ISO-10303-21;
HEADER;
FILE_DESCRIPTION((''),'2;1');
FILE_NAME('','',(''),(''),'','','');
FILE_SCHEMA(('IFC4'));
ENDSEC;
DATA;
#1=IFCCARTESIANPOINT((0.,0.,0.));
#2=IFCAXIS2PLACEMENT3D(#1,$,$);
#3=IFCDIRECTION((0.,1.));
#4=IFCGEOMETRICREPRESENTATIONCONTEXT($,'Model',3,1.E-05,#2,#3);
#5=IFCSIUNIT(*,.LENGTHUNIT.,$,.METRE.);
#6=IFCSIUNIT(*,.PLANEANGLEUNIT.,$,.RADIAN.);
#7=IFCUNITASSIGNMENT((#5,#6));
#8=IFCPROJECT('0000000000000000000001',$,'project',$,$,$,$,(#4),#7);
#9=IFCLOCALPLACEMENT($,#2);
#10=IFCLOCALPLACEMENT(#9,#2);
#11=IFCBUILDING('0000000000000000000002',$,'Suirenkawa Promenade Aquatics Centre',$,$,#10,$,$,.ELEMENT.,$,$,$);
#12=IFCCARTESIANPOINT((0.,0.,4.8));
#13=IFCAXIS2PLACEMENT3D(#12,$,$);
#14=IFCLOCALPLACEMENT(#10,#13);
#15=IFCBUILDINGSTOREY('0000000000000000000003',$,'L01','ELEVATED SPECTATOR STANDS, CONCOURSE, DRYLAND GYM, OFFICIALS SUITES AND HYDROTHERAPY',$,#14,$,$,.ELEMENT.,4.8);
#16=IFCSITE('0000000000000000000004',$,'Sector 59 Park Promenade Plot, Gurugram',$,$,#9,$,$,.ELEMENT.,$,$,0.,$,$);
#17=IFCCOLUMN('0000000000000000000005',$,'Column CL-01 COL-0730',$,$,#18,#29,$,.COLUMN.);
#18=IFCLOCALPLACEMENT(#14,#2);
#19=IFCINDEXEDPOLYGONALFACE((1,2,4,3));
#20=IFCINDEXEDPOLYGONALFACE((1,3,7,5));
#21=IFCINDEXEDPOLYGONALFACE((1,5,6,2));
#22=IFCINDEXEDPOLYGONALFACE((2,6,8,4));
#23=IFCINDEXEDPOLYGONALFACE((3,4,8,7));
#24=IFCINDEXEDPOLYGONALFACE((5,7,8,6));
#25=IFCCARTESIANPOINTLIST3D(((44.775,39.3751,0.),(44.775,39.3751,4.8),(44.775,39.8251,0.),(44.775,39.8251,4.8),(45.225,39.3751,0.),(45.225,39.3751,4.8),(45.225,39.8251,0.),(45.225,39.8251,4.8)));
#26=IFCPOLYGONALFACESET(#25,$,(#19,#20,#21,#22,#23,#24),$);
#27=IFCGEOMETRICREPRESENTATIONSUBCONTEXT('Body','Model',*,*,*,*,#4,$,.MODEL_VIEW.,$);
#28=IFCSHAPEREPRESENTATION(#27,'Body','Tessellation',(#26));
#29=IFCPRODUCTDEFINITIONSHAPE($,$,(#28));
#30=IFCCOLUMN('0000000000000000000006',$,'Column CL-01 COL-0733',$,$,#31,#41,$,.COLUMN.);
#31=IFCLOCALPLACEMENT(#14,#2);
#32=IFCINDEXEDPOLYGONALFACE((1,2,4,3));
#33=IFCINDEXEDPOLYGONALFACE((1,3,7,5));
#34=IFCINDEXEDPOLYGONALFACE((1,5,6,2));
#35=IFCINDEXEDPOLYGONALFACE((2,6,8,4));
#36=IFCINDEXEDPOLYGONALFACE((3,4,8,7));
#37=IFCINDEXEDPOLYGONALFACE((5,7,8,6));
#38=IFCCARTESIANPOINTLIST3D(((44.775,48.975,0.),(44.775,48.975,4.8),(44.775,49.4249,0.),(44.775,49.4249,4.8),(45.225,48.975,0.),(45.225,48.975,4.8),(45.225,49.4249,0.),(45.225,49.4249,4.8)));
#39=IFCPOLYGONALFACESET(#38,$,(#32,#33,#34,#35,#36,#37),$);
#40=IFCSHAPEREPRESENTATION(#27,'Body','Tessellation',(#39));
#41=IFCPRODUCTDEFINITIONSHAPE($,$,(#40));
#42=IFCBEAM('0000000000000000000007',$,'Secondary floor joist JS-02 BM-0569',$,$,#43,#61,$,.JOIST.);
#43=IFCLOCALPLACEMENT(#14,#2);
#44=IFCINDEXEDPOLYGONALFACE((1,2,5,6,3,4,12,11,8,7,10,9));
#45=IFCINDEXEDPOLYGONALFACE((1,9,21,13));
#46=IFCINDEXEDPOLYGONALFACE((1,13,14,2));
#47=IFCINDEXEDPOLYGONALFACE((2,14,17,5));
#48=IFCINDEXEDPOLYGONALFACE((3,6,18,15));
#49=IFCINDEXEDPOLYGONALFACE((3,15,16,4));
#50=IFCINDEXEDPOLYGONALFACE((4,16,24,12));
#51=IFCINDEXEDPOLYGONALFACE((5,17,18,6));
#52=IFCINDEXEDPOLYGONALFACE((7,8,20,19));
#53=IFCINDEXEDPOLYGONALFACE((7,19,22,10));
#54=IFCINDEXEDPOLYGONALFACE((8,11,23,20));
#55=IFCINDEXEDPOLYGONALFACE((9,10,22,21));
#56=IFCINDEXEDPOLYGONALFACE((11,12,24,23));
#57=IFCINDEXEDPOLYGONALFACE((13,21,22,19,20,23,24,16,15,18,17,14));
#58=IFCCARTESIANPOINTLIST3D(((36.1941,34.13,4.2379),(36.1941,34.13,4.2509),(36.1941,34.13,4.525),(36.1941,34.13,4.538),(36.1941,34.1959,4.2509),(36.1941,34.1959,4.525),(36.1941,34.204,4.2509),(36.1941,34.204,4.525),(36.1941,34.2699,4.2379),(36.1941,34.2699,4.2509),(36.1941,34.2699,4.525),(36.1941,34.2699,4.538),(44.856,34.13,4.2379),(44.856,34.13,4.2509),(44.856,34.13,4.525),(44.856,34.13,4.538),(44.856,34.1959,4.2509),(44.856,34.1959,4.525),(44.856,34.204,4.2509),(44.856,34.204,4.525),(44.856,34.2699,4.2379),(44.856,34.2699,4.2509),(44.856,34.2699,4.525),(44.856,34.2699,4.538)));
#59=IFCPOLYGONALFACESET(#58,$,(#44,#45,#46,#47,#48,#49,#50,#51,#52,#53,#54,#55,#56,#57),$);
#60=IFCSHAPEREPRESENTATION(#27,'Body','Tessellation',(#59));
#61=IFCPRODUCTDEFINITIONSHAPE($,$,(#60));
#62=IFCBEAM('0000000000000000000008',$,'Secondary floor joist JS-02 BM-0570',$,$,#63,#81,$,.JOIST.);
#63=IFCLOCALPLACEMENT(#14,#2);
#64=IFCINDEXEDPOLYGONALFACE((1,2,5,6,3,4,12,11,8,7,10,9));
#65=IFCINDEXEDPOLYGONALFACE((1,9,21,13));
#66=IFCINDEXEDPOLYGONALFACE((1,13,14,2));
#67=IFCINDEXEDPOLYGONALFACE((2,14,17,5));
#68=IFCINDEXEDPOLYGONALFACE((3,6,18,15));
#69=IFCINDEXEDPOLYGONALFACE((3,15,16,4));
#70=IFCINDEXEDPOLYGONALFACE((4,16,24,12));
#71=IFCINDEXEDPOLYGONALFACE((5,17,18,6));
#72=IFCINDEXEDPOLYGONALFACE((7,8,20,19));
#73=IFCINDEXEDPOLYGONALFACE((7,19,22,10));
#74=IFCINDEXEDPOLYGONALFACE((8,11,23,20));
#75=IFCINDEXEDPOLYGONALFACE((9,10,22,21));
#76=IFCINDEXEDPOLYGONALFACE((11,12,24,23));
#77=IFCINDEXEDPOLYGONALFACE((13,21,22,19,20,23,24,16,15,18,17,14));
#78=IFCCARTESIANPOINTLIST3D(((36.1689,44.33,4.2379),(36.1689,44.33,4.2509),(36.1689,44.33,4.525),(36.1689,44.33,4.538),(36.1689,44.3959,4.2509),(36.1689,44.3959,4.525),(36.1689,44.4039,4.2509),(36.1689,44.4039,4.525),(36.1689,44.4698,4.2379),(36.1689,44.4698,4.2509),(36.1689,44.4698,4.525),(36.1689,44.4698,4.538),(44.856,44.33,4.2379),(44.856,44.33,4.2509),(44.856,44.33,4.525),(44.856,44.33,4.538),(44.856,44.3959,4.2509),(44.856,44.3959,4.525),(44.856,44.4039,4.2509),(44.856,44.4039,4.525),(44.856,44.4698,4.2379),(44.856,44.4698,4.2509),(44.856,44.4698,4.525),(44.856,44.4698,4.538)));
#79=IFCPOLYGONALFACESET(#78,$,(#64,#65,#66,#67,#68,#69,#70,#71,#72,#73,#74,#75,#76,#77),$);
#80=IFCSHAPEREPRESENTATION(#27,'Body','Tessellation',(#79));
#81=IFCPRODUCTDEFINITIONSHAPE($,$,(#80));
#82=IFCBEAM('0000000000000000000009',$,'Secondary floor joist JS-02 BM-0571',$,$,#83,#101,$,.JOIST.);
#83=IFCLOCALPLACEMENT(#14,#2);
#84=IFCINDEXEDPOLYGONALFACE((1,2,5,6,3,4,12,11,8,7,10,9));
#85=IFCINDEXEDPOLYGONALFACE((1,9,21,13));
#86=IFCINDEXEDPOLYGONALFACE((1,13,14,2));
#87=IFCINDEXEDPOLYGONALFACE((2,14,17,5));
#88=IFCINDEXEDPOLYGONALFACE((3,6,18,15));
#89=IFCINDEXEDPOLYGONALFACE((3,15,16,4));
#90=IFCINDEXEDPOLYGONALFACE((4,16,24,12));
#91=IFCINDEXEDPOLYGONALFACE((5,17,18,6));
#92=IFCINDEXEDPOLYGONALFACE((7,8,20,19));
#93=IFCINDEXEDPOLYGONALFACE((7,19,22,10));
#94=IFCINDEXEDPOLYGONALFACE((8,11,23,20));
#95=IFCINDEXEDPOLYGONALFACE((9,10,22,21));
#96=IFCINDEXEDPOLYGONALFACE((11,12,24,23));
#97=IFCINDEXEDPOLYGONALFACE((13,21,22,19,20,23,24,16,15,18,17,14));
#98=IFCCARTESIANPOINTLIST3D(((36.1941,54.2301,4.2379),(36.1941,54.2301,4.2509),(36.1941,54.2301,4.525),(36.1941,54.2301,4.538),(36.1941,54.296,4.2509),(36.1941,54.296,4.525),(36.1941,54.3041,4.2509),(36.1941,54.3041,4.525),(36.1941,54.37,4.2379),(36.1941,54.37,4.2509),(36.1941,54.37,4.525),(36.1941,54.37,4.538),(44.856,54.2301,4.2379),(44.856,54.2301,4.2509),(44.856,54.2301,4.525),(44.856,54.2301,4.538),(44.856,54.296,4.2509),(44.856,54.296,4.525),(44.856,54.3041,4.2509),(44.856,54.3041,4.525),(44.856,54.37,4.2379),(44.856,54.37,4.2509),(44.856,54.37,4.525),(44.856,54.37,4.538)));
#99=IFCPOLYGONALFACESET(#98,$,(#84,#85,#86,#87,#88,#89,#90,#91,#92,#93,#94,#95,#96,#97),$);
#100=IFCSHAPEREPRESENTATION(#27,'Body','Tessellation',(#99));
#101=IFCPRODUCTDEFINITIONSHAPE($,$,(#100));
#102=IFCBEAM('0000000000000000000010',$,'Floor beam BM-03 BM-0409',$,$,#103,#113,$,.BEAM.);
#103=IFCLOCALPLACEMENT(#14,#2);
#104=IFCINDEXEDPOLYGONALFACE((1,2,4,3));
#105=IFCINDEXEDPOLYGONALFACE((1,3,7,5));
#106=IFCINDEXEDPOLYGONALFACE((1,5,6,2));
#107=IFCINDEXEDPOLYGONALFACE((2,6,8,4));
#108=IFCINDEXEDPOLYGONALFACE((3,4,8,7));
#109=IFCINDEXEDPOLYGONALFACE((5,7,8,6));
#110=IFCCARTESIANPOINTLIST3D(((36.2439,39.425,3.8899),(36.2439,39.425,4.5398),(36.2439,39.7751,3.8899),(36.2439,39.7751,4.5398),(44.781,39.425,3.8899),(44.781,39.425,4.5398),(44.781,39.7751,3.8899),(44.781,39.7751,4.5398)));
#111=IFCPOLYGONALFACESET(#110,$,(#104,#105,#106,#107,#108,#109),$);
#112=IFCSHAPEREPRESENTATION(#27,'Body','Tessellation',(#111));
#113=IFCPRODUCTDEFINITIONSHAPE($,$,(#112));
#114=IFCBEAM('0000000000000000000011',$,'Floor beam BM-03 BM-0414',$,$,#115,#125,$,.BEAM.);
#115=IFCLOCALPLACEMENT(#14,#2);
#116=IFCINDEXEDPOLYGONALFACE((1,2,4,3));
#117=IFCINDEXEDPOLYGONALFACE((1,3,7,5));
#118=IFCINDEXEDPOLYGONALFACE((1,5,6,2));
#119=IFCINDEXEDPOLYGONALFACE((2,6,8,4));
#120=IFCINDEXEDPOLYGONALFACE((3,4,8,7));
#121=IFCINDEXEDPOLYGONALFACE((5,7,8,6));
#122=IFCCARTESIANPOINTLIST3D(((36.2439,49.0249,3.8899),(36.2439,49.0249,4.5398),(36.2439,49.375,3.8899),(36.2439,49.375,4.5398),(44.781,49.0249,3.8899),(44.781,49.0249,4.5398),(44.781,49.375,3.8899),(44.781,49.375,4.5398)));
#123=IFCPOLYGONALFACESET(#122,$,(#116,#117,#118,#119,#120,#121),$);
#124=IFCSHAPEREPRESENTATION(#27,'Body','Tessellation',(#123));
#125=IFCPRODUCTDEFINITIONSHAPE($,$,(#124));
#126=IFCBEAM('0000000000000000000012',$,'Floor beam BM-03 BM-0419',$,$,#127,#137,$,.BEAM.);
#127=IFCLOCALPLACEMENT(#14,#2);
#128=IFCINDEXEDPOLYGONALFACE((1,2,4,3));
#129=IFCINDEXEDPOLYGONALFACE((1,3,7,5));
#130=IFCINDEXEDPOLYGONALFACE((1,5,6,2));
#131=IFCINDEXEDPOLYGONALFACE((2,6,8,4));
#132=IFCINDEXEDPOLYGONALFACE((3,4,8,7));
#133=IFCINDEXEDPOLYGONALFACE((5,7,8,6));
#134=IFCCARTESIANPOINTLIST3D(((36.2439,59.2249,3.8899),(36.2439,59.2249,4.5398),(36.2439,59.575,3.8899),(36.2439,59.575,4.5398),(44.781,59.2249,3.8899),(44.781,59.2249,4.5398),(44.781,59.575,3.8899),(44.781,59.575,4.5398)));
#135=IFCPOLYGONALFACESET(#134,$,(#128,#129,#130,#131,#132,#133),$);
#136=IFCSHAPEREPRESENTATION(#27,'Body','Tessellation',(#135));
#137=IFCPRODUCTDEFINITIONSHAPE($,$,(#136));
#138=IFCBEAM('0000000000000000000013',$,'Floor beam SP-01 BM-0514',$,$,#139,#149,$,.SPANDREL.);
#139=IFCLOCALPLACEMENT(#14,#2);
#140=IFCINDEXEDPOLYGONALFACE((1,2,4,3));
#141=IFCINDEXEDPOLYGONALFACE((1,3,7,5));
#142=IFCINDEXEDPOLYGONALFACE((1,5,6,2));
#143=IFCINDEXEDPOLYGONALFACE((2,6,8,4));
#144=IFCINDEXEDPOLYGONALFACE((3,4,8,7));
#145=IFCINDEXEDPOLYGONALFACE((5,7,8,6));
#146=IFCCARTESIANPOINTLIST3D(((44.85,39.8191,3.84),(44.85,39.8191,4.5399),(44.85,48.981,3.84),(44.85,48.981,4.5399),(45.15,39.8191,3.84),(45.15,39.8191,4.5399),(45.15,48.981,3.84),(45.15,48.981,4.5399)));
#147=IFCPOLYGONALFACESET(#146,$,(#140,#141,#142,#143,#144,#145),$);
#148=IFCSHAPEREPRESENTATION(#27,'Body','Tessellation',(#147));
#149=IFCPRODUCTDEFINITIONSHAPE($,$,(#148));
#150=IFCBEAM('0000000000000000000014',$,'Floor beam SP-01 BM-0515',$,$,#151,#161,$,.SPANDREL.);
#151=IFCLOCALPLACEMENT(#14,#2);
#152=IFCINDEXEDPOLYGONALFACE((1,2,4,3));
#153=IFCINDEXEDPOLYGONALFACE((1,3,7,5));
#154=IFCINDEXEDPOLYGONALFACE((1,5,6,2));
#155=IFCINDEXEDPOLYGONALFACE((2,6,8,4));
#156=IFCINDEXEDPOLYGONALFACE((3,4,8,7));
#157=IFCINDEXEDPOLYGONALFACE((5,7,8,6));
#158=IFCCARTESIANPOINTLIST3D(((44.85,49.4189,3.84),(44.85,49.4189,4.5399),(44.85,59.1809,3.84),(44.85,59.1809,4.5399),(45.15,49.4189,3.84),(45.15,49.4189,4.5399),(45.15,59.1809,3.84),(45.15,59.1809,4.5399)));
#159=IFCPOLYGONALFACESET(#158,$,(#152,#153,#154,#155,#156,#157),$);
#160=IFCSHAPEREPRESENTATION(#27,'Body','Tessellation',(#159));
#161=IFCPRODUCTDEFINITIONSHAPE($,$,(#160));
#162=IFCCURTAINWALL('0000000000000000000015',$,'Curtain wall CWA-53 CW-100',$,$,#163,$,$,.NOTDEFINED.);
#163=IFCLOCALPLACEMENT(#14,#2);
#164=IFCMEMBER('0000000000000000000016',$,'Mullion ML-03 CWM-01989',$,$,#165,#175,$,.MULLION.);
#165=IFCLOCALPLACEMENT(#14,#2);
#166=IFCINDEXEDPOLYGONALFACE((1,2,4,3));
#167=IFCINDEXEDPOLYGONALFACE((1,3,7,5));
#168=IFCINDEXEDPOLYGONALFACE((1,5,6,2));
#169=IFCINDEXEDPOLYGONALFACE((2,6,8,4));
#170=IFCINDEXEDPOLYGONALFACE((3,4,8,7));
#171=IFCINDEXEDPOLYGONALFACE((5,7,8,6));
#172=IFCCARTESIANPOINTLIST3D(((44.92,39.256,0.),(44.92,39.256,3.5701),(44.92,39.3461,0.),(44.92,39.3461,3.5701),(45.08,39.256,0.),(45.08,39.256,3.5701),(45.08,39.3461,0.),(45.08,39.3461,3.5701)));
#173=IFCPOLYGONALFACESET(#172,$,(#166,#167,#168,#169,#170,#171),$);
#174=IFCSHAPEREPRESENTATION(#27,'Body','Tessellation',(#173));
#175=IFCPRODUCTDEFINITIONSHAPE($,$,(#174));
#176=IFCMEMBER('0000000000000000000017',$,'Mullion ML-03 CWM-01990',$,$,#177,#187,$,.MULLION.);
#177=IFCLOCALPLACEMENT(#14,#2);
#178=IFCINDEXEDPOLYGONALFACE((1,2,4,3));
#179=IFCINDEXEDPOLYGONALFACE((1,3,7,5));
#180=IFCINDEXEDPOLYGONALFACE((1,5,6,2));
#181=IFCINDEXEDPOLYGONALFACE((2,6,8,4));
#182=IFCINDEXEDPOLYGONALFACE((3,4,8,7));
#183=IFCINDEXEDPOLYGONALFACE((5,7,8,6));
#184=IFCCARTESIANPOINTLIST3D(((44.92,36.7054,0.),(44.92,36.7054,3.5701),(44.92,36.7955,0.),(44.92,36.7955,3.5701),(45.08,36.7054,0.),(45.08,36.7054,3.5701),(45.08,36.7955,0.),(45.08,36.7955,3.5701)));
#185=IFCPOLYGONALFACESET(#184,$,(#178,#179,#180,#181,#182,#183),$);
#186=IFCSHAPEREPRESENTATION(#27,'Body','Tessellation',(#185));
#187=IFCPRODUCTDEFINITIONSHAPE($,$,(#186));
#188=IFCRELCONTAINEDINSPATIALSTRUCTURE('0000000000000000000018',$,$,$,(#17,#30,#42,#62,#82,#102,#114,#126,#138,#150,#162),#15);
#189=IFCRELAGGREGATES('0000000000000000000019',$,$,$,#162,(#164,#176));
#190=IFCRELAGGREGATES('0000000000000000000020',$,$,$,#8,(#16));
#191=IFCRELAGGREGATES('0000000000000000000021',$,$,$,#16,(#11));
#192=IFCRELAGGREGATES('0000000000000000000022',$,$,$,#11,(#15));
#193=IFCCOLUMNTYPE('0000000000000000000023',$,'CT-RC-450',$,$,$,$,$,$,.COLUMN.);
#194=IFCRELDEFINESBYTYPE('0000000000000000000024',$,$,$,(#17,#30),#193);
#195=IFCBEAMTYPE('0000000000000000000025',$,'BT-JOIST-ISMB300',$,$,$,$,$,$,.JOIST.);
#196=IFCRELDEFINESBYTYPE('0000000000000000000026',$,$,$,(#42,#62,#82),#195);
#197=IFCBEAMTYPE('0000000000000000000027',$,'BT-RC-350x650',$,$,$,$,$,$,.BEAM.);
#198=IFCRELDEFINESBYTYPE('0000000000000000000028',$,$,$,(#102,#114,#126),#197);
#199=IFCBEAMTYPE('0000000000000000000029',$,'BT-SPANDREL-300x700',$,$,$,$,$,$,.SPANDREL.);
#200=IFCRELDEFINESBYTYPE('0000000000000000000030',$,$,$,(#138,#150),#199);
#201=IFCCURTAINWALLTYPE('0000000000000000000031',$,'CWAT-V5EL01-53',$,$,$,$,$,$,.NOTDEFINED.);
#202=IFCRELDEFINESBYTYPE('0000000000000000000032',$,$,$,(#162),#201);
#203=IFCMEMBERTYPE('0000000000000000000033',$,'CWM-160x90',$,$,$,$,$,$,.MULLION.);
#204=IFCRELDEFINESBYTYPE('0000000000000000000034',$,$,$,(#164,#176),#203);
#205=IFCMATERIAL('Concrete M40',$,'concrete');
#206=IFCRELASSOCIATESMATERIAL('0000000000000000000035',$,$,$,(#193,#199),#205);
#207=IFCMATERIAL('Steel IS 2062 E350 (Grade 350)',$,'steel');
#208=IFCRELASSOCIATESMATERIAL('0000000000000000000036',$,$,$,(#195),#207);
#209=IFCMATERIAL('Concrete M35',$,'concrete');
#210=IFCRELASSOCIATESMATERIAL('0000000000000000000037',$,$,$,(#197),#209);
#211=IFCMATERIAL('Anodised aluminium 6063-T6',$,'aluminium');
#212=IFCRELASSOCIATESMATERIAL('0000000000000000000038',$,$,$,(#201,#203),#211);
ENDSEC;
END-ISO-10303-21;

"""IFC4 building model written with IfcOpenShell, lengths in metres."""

from ifc_helpers import new_model, si_unit, direction, frame, origin, origin_2d, place, context, subcontext, project, spatial, rectangle, i_section, extrude, material, material_profile, profile_set, type_object, element, aggregate, save


model = new_model("IFC4")

# Units and contexts
model_context = context("Model", 3, precision=1e-05, world=origin(), true_north=direction((0.0, 1.0)))
body_context = subcontext(model_context, "Body", "Model", "MODEL_VIEW")
ifc_project = project(units=[si_unit("LENGTHUNIT", "METRE"), si_unit("PLANEANGLEUNIT", "RADIAN")], contexts=[model_context])

# Site, building, storey
site_placement = place(None, origin())
site = spatial("IfcSite", under=ifc_project, at=site_placement, Name="Sector 59 Park Promenade Plot, Gurugram", CompositionType="ELEMENT", RefElevation=0.0)
building_placement = place(site_placement, origin())
building = spatial("IfcBuilding", under=site, at=building_placement, Name="Suirenkawa Promenade Aquatics Centre", CompositionType="ELEMENT")
storey_placement = place(building_placement, frame((0.0, 0.0, 4.8)))
storey = spatial("IfcBuildingStorey", under=building, at=storey_placement, Name="L01", Description="ELEVATED SPECTATOR STANDS, CONCOURSE, DRYLAND GYM, OFFICIALS SUITES AND HYDROTHERAPY", CompositionType="ELEMENT", Elevation=4.8)

# Columns
ifc_material_1 = material(Name="Concrete M40", Category="concrete")
ifc_material_profile_1 = material_profile(ifc_material_1, rectangle(XDim=0.45, YDim=0.45, at=origin_2d()), Name="RC COL 450x450", Category="concrete")
ifc_profile_set_1 = profile_set([ifc_material_profile_1], Name="Concrete M40")
column_type = type_object("IfcColumnType", Name="CT-RC-450", PredefinedType="COLUMN", material=ifc_profile_set_1)
for number, where, z_axis, x_axis, name in (
    (1, (45.0, 39.6001, 0.0), (0.0, 0.0, 1.0), (1.0, 0.0, 0.0), "Column CL-01 COL-0730"),
    (2, (45.0, 49.2, 0.0), (0.0, 0.0, 1.0), (1.0, 0.0, 0.0), "Column CL-01 COL-0733"),
):
    element("IfcColumn", number, at=place(storey_placement, frame(where, z_axis=z_axis, x_axis=x_axis)), inside=storey, type_object=column_type, Name=name, PredefinedType="COLUMN", context=body_context, shape_type="SweptSolid", body=[
        extrude(rectangle(XDim=0.45, YDim=0.45, at=origin_2d()), origin(), (0.0, 0.0, 1.0), 4.8),
    ])

# Beams
ifc_material_2 = material(Name="Steel IS 2062 E350 (Grade 350)", Category="steel")
ifc_material_profile_2 = material_profile(ifc_material_2, i_section(OverallWidth=0.1399, OverallDepth=0.3, WebThickness=0.0081, FlangeThickness=0.0129, at=origin_2d()), Name="ISMB 300", Category="steel")
ifc_profile_set_2 = profile_set([ifc_material_profile_2], Name="Steel IS 2062 E350 (Grade 350)")
beam_type_1 = type_object("IfcBeamType", Name="BT-JOIST-ISMB300", PredefinedType="JOIST", material=ifc_profile_set_2)
beam_1_placement = place(storey_placement, frame((36.1941, 34.2, 4.3879), z_axis=(1.0, 0.0, 0.0), x_axis=(0.0, 1.0, 0.0)))
element("IfcBeam", 3, at=beam_1_placement, inside=storey, type_object=beam_type_1, Name="Secondary floor joist JS-02 BM-0569", PredefinedType="JOIST", context=body_context, shape_type="SweptSolid", body=[
    extrude(i_section(OverallWidth=0.1399, OverallDepth=0.3, WebThickness=0.0081, FlangeThickness=0.0129, at=origin_2d()), origin(), (0.0, 0.0, 1.0), 8.6619),
])
beam_2_placement = place(storey_placement, frame((36.1689, 44.3999, 4.3879), z_axis=(1.0, 0.0, 0.0), x_axis=(0.0, 1.0, 0.0)))
element("IfcBeam", 4, at=beam_2_placement, inside=storey, type_object=beam_type_1, Name="Secondary floor joist JS-02 BM-0570", PredefinedType="JOIST", context=body_context, shape_type="SweptSolid", body=[
    extrude(i_section(OverallWidth=0.1399, OverallDepth=0.3, WebThickness=0.0081, FlangeThickness=0.0129, at=origin_2d()), origin(), (0.0, 0.0, 1.0), 8.687),
])
beam_3_placement = place(storey_placement, frame((36.1941, 54.3, 4.3879), z_axis=(1.0, 0.0, 0.0), x_axis=(0.0, 1.0, 0.0)))
element("IfcBeam", 5, at=beam_3_placement, inside=storey, type_object=beam_type_1, Name="Secondary floor joist JS-02 BM-0571", PredefinedType="JOIST", context=body_context, shape_type="SweptSolid", body=[
    extrude(i_section(OverallWidth=0.1399, OverallDepth=0.3, WebThickness=0.0081, FlangeThickness=0.0129, at=origin_2d()), origin(), (0.0, 0.0, 1.0), 8.6619),
])
ifc_material_3 = material(Name="Concrete M35", Category="concrete")
ifc_material_profile_3 = material_profile(ifc_material_3, rectangle(XDim=0.3501, YDim=0.6499, at=origin_2d()), Name="RC BM 350x650", Category="concrete")
ifc_profile_set_3 = profile_set([ifc_material_profile_3], Name="Concrete M35")
beam_type_2 = type_object("IfcBeamType", Name="BT-RC-350x650", PredefinedType="BEAM", material=ifc_profile_set_3)
for number, where, z_axis, x_axis, name in (
    (6, (36.2439, 39.6001, 4.2148), (1.0, 0.0, 0.0), (0.0, 1.0, 0.0), "Floor beam BM-03 BM-0409"),
    (7, (36.2439, 49.2, 4.2148), (1.0, 0.0, 0.0), (0.0, 1.0, 0.0), "Floor beam BM-03 BM-0414"),
    (8, (36.2439, 59.3999, 4.2148), (1.0, 0.0, 0.0), (0.0, 1.0, 0.0), "Floor beam BM-03 BM-0419"),
):
    element("IfcBeam", number, at=place(storey_placement, frame(where, z_axis=z_axis, x_axis=x_axis)), inside=storey, type_object=beam_type_2, Name=name, PredefinedType="BEAM", context=body_context, shape_type="SweptSolid", body=[
        extrude(rectangle(XDim=0.3501, YDim=0.6499, at=origin_2d()), origin(), (0.0, 0.0, 1.0), 8.5371),
    ])
ifc_material_profile_4 = material_profile(ifc_material_1, rectangle(XDim=0.3, YDim=0.7, at=origin_2d()), Name="RC SPANDREL 300x700", Category="concrete")
ifc_profile_set_4 = profile_set([ifc_material_profile_4], Name="Concrete M40")
beam_type_3 = type_object("IfcBeamType", Name="BT-SPANDREL-300x700", PredefinedType="SPANDREL", material=ifc_profile_set_4)
beam_4_placement = place(storey_placement, frame((45.0, 39.8191, 4.1899), z_axis=(0.0, 1.0, 0.0), x_axis=(-1.0, 0.0, 0.0)))
element("IfcBeam", 9, at=beam_4_placement, inside=storey, type_object=beam_type_3, Name="Floor beam SP-01 BM-0514", PredefinedType="SPANDREL", context=body_context, shape_type="SweptSolid", body=[
    extrude(rectangle(XDim=0.3, YDim=0.7, at=origin_2d()), origin(), (0.0, 0.0, 1.0), 9.1619),
])
beam_5_placement = place(storey_placement, frame((45.0, 49.4189, 4.1899), z_axis=(0.0, 1.0, 0.0), x_axis=(-1.0, 0.0, 0.0)))
element("IfcBeam", 10, at=beam_5_placement, inside=storey, type_object=beam_type_3, Name="Floor beam SP-01 BM-0515", PredefinedType="SPANDREL", context=body_context, shape_type="SweptSolid", body=[
    extrude(rectangle(XDim=0.3, YDim=0.7, at=origin_2d()), origin(), (0.0, 0.0, 1.0), 9.762),
])

# Curtain wall, members
ifc_material_4 = material(Name="Anodised aluminium 6063-T6", Category="aluminium")
curtain_wall_type_1 = type_object("IfcCurtainWallType", Name="CWAT-V5EL01-53", PredefinedType="NOTDEFINED", material=ifc_material_4)
curtain_wall_1_placement = place(storey_placement, origin())
curtain_wall_1 = element("IfcCurtainWall", 11, at=curtain_wall_1_placement, inside=storey, type_object=curtain_wall_type_1, Name="Curtain wall CWA-53 CW-100", PredefinedType="NOTDEFINED")
ifc_material_profile_5 = material_profile(ifc_material_4, rectangle(XDim=0.0901, YDim=0.1599, at=origin_2d()), Name="ALU MULL 90x160", Category="aluminium")
ifc_profile_set_5 = profile_set([ifc_material_profile_5], Name="Anodised aluminium 6063-T6")
member_type_1 = type_object("IfcMemberType", Name="CWM-160x90", PredefinedType="MULLION", material=ifc_profile_set_5)
member_1_placement = place(storey_placement, frame((45.0, 39.301, 0.0), z_axis=(0.0, 0.0, 1.0), x_axis=(0.0, -1.0, 0.0)))
member_1 = element("IfcMember", 12, at=member_1_placement, type_object=member_type_1, Name="Mullion ML-03 CWM-01989", PredefinedType="MULLION", context=body_context, shape_type="SweptSolid", body=[
    extrude(rectangle(XDim=0.0901, YDim=0.1599, at=origin_2d()), origin(), (0.0, 0.0, 1.0), 3.5701),
])
member_2_placement = place(storey_placement, frame((45.0, 36.7505, 0.0), z_axis=(0.0, 0.0, 1.0), x_axis=(0.0, -1.0, 0.0)))
member_2 = element("IfcMember", 13, at=member_2_placement, type_object=member_type_1, Name="Mullion ML-03 CWM-01990", PredefinedType="MULLION", context=body_context, shape_type="SweptSolid", body=[
    extrude(rectangle(XDim=0.0901, YDim=0.1599, at=origin_2d()), origin(), (0.0, 0.0, 1.0), 3.5701),
])

aggregate(curtain_wall_1, [member_1, member_2])

save(model, "model.ifc")
